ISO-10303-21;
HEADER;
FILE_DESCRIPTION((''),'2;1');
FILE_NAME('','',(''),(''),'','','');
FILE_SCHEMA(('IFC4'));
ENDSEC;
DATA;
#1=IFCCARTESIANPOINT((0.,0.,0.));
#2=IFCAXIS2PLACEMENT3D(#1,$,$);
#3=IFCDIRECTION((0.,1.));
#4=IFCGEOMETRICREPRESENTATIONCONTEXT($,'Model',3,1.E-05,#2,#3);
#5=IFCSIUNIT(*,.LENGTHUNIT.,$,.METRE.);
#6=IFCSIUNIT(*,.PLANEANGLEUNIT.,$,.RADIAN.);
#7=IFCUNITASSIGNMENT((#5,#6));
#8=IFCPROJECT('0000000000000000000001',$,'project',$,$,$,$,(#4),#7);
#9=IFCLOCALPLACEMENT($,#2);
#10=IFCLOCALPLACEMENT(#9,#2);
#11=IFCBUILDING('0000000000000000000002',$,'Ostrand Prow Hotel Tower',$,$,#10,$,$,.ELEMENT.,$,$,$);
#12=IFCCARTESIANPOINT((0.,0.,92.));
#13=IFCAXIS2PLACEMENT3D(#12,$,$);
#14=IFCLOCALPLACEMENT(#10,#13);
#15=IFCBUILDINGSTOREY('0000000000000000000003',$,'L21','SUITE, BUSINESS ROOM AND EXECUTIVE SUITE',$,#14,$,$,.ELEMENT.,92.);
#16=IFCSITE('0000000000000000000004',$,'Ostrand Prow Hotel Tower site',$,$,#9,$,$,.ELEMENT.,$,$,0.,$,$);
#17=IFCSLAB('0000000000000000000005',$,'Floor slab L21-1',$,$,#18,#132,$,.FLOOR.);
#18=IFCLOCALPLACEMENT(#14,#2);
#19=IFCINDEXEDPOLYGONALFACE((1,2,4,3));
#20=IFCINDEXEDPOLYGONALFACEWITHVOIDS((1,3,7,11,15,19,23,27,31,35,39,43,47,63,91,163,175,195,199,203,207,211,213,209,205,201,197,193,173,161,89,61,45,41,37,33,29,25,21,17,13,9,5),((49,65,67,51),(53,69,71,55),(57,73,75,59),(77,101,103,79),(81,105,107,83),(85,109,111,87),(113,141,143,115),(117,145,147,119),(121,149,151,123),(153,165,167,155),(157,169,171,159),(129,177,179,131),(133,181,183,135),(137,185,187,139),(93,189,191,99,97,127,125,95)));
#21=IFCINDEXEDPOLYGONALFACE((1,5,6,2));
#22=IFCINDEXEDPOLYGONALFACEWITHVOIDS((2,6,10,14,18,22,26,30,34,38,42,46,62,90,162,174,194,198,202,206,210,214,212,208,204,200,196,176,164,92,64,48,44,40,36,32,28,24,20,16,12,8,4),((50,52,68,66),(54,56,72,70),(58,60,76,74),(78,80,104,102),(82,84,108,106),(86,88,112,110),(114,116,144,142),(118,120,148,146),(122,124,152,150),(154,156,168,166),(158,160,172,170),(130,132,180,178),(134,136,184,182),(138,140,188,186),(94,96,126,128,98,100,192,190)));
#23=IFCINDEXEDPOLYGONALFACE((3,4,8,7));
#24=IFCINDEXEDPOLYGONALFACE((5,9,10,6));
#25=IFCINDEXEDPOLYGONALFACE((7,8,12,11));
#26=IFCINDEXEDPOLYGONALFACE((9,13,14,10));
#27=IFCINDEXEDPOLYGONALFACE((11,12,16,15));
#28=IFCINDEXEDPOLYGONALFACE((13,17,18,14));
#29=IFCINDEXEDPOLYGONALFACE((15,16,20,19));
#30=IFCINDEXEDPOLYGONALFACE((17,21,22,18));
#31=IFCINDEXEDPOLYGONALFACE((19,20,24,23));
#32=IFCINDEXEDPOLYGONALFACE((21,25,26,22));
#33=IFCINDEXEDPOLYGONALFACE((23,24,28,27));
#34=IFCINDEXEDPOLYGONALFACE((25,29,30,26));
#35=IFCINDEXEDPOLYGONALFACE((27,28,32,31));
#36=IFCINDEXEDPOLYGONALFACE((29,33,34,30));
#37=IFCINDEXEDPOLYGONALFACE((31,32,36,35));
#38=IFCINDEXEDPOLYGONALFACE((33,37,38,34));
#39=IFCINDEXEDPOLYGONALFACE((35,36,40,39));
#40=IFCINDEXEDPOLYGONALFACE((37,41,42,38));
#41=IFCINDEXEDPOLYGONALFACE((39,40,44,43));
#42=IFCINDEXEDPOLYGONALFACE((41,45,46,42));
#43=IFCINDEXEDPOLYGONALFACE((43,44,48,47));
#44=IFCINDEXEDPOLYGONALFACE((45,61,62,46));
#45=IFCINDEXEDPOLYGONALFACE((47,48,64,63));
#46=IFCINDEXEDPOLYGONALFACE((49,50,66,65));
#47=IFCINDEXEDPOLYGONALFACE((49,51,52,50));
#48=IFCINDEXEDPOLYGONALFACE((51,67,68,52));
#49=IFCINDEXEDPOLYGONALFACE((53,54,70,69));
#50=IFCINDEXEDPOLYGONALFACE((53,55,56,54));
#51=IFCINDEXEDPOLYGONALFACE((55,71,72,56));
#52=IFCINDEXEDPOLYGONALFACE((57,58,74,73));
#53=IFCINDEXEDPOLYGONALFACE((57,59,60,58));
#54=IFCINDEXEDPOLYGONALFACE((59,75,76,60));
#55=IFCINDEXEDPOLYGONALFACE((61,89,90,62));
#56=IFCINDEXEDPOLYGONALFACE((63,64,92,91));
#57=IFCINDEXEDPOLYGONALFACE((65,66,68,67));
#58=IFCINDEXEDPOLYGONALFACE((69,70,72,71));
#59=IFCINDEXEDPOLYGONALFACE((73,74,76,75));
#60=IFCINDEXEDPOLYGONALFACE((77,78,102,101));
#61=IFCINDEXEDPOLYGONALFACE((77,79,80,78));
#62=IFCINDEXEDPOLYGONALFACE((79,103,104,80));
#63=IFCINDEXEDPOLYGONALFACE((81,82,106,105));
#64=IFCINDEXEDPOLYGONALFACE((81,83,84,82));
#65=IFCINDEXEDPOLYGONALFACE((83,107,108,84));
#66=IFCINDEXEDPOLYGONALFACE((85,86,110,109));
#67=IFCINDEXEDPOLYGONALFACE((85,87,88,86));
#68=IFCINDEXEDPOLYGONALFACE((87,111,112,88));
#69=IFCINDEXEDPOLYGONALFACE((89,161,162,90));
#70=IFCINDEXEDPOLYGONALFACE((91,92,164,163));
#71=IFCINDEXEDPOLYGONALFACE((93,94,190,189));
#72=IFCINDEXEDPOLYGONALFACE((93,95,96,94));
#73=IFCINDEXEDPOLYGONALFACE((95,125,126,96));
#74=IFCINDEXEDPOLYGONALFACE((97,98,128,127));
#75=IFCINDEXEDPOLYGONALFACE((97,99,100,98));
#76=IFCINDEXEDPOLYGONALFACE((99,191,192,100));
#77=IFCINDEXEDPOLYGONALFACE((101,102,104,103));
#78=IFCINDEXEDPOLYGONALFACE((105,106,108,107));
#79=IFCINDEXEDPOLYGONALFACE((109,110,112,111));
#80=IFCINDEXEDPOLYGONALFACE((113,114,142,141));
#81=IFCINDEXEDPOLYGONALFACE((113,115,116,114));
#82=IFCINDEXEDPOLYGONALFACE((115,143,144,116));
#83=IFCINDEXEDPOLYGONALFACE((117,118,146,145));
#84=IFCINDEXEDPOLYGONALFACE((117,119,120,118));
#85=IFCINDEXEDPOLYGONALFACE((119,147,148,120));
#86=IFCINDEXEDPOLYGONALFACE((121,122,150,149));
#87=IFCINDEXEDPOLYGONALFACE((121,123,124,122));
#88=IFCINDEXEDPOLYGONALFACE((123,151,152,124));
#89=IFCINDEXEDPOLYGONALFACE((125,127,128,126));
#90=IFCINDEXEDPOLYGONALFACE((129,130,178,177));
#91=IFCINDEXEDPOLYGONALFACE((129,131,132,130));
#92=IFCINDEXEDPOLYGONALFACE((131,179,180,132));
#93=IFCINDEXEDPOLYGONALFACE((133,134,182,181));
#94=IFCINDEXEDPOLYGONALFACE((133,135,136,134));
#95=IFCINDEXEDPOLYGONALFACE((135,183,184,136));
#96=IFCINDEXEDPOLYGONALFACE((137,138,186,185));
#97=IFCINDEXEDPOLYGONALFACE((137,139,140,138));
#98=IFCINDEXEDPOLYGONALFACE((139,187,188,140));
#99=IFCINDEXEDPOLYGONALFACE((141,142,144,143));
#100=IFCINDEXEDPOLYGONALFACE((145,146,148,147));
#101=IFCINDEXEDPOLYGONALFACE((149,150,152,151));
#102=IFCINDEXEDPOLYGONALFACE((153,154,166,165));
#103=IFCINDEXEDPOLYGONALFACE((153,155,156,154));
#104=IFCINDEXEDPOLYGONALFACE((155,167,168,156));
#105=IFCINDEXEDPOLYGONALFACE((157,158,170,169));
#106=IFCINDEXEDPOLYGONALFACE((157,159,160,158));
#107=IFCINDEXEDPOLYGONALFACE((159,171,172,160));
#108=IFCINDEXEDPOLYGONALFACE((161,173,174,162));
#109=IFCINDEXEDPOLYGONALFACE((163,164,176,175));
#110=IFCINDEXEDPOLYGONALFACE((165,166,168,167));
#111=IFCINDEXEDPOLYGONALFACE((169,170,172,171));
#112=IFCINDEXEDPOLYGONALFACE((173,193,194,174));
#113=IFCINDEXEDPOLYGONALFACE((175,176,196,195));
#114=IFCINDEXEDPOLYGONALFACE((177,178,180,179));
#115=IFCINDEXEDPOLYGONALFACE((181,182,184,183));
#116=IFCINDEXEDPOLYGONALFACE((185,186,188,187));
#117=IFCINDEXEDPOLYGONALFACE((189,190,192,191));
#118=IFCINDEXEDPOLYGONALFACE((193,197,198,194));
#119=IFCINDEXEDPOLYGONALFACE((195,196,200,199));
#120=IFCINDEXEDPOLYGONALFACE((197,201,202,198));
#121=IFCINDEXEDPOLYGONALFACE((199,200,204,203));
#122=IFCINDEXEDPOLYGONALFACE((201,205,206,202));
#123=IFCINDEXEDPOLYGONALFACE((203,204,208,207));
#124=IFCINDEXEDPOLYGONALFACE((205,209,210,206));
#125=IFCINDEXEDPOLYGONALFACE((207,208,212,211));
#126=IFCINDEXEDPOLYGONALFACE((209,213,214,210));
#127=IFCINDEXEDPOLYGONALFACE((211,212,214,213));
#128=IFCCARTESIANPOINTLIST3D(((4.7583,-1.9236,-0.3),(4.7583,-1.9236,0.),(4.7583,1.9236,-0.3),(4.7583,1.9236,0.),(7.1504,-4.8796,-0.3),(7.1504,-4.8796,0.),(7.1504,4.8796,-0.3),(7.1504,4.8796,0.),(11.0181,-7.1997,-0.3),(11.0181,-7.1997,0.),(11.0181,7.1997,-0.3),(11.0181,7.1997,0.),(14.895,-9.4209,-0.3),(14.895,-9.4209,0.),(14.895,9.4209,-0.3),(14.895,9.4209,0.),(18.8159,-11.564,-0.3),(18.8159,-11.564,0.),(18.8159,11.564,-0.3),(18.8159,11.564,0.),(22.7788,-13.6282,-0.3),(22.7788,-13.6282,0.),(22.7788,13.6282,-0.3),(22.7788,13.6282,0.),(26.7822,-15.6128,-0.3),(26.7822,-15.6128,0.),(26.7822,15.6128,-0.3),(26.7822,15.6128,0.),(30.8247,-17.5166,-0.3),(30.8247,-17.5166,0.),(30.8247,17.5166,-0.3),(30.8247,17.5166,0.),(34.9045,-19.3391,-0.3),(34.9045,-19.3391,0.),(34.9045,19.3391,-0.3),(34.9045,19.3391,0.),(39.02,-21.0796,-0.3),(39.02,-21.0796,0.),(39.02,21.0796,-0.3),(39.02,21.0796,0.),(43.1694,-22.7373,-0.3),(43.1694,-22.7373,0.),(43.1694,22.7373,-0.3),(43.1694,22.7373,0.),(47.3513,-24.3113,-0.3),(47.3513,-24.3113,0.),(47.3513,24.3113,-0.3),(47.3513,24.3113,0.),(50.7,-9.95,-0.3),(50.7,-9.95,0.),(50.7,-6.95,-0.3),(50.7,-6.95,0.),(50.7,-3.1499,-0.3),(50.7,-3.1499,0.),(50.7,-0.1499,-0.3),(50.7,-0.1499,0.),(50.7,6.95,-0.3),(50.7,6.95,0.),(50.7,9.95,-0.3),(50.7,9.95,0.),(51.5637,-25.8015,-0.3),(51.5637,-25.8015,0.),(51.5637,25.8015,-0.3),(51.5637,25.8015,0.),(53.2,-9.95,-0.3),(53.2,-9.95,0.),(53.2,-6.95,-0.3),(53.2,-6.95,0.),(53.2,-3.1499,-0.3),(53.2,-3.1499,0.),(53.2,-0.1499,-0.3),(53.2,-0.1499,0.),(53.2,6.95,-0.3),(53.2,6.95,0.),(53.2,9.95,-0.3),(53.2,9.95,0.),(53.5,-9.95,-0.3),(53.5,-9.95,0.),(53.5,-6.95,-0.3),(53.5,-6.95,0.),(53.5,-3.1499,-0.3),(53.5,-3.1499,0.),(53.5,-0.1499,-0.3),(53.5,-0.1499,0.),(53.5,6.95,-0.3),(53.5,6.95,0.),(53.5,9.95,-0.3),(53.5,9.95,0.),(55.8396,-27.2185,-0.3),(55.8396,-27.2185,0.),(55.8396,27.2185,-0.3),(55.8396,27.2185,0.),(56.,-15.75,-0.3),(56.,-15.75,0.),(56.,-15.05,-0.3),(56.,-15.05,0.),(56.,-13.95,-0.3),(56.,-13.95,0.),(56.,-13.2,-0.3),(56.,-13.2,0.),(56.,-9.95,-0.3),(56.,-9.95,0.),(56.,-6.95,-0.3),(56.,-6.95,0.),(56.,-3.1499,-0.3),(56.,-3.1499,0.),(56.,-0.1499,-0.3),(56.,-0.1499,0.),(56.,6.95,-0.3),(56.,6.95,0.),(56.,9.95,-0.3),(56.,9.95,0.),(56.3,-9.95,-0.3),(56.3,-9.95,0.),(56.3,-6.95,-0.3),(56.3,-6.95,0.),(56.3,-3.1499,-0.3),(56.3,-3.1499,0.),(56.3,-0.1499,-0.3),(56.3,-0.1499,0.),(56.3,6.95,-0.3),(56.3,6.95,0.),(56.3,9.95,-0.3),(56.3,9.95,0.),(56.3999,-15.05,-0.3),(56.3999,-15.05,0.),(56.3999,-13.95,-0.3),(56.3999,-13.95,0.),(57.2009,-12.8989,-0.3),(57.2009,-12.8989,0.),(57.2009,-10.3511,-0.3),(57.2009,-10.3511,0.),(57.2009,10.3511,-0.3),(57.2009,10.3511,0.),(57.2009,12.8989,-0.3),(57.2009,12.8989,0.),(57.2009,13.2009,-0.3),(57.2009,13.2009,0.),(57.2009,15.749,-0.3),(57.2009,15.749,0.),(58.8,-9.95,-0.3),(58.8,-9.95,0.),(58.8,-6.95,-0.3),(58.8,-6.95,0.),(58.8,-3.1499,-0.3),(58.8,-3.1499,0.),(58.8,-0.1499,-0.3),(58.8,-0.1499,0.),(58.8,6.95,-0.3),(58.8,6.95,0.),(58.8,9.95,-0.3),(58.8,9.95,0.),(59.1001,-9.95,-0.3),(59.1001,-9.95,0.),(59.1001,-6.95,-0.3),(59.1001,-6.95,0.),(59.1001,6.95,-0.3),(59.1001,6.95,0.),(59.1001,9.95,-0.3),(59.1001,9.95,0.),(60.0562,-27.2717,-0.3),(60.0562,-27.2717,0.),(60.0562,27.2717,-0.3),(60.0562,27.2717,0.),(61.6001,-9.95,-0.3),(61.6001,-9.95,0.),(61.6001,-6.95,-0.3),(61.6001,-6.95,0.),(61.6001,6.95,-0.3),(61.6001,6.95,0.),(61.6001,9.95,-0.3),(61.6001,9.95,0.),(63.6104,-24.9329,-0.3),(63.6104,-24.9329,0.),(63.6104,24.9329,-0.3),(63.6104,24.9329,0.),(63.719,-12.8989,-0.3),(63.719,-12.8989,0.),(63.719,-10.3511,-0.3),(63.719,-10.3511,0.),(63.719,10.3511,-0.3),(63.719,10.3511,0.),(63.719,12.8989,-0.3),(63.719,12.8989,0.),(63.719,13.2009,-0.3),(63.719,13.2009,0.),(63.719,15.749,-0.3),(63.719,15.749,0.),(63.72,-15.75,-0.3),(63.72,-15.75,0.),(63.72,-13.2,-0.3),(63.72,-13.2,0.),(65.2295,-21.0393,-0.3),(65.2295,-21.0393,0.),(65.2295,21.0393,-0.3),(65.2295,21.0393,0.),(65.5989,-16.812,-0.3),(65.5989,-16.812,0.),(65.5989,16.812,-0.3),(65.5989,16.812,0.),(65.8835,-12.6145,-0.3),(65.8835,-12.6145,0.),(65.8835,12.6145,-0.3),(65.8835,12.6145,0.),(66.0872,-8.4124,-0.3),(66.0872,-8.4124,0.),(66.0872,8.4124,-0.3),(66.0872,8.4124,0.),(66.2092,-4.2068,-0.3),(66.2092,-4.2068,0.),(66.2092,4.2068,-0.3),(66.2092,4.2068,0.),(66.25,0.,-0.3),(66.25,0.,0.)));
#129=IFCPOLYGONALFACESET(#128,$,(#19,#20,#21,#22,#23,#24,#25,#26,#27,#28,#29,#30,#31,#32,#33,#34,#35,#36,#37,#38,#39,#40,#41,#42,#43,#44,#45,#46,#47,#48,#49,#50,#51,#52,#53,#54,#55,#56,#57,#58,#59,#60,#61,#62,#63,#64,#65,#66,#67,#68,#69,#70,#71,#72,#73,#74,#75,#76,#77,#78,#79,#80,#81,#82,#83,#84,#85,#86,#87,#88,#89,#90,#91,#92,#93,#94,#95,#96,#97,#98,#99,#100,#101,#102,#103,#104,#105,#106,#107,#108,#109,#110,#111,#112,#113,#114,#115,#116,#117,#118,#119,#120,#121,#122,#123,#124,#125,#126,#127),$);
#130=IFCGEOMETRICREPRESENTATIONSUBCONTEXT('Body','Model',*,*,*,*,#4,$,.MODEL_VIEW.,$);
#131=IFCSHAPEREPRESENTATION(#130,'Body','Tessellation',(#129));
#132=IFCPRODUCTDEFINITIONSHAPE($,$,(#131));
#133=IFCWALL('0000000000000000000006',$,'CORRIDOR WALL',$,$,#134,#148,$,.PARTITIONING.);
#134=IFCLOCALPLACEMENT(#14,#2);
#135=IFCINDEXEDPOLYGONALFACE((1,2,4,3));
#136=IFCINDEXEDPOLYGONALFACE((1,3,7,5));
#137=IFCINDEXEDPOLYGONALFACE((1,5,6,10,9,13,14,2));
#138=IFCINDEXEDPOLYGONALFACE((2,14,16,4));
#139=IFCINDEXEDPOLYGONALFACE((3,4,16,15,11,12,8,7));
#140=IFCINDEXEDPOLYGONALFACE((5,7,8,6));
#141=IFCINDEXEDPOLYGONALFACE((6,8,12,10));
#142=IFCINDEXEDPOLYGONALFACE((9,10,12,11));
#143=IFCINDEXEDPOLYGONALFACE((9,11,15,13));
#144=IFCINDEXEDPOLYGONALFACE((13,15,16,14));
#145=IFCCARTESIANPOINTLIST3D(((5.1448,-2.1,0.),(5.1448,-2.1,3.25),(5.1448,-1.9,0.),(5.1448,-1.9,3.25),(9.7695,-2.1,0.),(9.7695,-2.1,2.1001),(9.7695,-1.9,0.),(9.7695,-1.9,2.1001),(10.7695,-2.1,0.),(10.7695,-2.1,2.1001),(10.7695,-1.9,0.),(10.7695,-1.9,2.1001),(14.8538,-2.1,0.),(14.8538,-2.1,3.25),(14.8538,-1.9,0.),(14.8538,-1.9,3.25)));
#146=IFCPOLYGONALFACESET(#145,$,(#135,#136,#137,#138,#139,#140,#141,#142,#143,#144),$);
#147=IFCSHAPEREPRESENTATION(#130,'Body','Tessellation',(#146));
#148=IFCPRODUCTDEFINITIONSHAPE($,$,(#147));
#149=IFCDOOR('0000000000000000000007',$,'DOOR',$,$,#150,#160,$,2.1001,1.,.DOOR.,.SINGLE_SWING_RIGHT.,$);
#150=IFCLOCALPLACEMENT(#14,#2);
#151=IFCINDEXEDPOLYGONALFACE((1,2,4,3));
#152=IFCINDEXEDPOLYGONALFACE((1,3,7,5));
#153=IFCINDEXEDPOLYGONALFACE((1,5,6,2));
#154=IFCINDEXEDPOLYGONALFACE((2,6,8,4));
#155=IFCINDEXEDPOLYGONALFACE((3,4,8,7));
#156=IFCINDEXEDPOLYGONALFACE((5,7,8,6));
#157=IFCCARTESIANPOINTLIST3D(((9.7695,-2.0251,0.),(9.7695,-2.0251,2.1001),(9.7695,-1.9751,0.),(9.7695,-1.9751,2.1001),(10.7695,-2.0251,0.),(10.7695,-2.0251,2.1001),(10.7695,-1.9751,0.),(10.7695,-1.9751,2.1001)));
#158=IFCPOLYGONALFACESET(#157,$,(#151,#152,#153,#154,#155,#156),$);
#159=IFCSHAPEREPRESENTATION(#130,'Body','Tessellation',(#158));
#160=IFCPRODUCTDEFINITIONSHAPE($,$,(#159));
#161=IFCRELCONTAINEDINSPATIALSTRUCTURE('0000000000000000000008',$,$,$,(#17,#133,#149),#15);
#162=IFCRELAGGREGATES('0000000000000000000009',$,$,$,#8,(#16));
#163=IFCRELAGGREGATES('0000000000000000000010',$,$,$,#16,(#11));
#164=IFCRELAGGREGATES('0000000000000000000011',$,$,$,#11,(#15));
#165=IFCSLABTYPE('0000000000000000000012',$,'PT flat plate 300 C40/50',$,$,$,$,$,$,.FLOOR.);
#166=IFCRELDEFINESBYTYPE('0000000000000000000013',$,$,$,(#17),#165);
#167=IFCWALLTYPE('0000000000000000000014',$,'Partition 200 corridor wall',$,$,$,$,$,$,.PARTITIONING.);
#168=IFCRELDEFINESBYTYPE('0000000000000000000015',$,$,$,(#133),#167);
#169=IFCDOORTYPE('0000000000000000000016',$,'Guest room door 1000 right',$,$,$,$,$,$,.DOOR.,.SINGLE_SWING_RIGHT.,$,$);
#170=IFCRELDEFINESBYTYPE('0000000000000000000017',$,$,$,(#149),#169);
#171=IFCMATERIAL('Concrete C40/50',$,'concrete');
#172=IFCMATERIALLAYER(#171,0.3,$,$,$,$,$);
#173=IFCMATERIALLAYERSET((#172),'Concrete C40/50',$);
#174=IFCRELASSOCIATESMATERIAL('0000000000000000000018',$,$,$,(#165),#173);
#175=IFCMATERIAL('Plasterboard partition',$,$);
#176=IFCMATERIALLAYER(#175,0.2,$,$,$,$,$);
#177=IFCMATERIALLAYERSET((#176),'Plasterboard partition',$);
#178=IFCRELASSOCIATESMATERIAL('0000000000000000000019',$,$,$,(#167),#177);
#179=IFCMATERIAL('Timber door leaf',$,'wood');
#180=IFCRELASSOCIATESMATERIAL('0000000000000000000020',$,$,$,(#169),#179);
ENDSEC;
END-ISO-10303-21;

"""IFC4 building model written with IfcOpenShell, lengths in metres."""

from ifc_helpers import new_model, si_unit, direction, frame, frame_2d, origin, place, context, subcontext, project, spatial, polyline, rectangle, outline, extrude, material, layer, layer_set, type_object, element, fill, save


model = new_model("IFC4")

# Units and contexts
model_context = context("Model", 3, precision=1e-05, world=origin(), true_north=direction((0.0, 1.0)))
body_context = subcontext(model_context, "Body", "Model", "MODEL_VIEW")
ifc_project = project(units=[si_unit("LENGTHUNIT", "METRE"), si_unit("PLANEANGLEUNIT", "RADIAN")], contexts=[model_context])

# Site, building, storey
site_placement = place(None, origin())
site = spatial("IfcSite", under=ifc_project, at=site_placement, Name="Ostrand Prow Hotel Tower site", CompositionType="ELEMENT", RefElevation=0.0)
building_placement = place(site_placement, origin())
building = spatial("IfcBuilding", under=site, at=building_placement, Name="Ostrand Prow Hotel Tower", CompositionType="ELEMENT")
storey_placement = place(building_placement, frame((0.0, 0.0, 92.0)))
storey = spatial("IfcBuildingStorey", under=building, at=storey_placement, Name="L21", Description="SUITE, BUSINESS ROOM AND EXECUTIVE SUITE", CompositionType="ELEMENT", Elevation=92.0)

# Slab, opening
ifc_material_1 = material(Name="Concrete C40/50", Category="concrete")
ifc_layer_1 = layer(ifc_material_1, 0.3)
ifc_layer_set_1 = layer_set([ifc_layer_1], Name="Concrete C40/50")
slab_type = type_object("IfcSlabType", Name="PT flat plate 300 C40/50", PredefinedType="FLOOR", material=ifc_layer_set_1)
slab_placement = place(storey_placement, frame((0.0, 0.0, -0.3)))
slab = element("IfcSlab", 1, at=slab_placement, inside=storey, type_object=slab_type, Name="Floor slab L21-1", PredefinedType="FLOOR", context=body_context, shape_type="SweptSolid", body=[
    extrude(outline(polyline([(7.1504, 4.8796), (11.0181, 7.1997), (14.895, 9.4209), (18.8159, 11.564), (22.7788, 13.6282), (26.7822, 15.6128), (30.8247, 17.5166), (34.9045, 19.3391), (39.02, 21.0796), (43.1694, 22.7373), (47.3513, 24.3113), (51.5637, 25.8015), (55.8396, 27.2185), (60.0562, 27.2717), (63.6104, 24.9329), (65.2295, 21.0393), (65.5989, 16.812), (65.8835, 12.6145), (66.0872, 8.4124), (66.2092, 4.2068), (66.25, 0.0), (66.2092, -4.2068), (66.0872, -8.4124), (65.8835, -12.6145), (65.5989, -16.812), (65.2295, -21.0393), (63.6104, -24.9329), (60.0562, -27.2717), (55.8396, -27.2185), (51.5637, -25.8015), (47.3513, -24.3113), (43.1694, -22.7373), (39.02, -21.0796), (34.9045, -19.3391), (30.8247, -17.5166), (26.7822, -15.6128), (22.7788, -13.6282), (18.8159, -11.564), (14.895, -9.4209), (11.0181, -7.1997), (7.1504, -4.8796), (4.7583, -1.9236), (4.7583, 1.9236), (7.1504, 4.8796)]), holes=[polyline([(50.7, 6.95), (53.2, 6.95), (53.2, 9.95), (50.7, 9.95), (50.7, 6.95)]), polyline([(53.5, 6.95), (56.0, 6.95), (56.0, 9.95), (53.5, 9.95), (53.5, 6.95)]), polyline([(56.3, 6.95), (58.8, 6.95), (58.8, 9.95), (56.3, 9.95), (56.3, 6.95)]), polyline([(59.1001, 6.95), (61.6001, 6.95), (61.6001, 9.95), (59.1001, 9.95), (59.1001, 6.95)]), polyline([(50.7, -3.1499), (53.2, -3.1499), (53.2, -0.1499), (50.7, -0.1499), (50.7, -3.1499)]), polyline([(53.5, -3.1499), (56.0, -3.1499), (56.0, -0.1499), (53.5, -0.1499), (53.5, -3.1499)]), polyline([(56.3, -3.1499), (58.8, -3.1499), (58.8, -0.1499), (56.3, -0.1499), (56.3, -3.1499)]), polyline([(50.7, -9.95), (53.2, -9.95), (53.2, -6.95), (50.7, -6.95), (50.7, -9.95)]), polyline([(53.5, -9.95), (56.0, -9.95), (56.0, -6.95), (53.5, -6.95), (53.5, -9.95)]), polyline([(56.3, -9.95), (58.8, -9.95), (58.8, -6.95), (56.3, -6.95), (56.3, -9.95)]), polyline([(59.1001, -9.95), (61.6001, -9.95), (61.6001, -6.95), (59.1001, -6.95), (59.1001, -9.95)]), polyline([(57.2009, 10.3511), (57.2009, 12.8989), (63.719, 12.8989), (63.719, 10.3511), (57.2009, 10.3511)]), polyline([(57.2009, 13.2009), (57.2009, 15.749), (63.719, 15.749), (63.719, 13.2009), (57.2009, 13.2009)]), polyline([(57.2009, -12.8989), (57.2009, -10.3511), (63.719, -10.3511), (63.719, -12.8989), (57.2009, -12.8989)]), polyline([(56.0, -13.2), (63.72, -13.2), (63.72, -15.75), (56.0, -15.75), (56.0, -15.05), (56.3999, -15.05), (56.3999, -13.95), (56.0, -13.95), (56.0, -13.2)])]), origin(), (0.0, 0.0, 1.0), 0.3),
])
opening_1_placement = place(slab_placement, origin())
element("IfcOpeningElement", 2, at=opening_1_placement, cuts=slab, PredefinedType="OPENING", context=body_context, shape_type="SweptSolid", body=[
    extrude(outline(polyline([(56.0, -13.2), (63.72, -13.2), (63.72, -15.75), (56.0, -15.75), (56.0, -15.05), (56.3999, -15.05), (56.3999, -13.95), (56.0, -13.95), (56.0, -13.2)])), origin(), (0.0, 0.0, 1.0), 0.3),
])

# Wall, opening, door
ifc_material_2 = material(Name="Plasterboard partition")
ifc_layer_2 = layer(ifc_material_2, 0.2)
ifc_layer_set_2 = layer_set([ifc_layer_2], Name="Plasterboard partition")
wall_type_1 = type_object("IfcWallType", Name="Partition 200 corridor wall", PredefinedType="PARTITIONING", material=ifc_layer_set_2)
wall_1_placement = place(storey_placement, frame((5.1448, -2.0, 0.0), z_axis=(0.0, 0.0, 1.0), x_axis=(1.0, 0.0, 0.0)))
wall_1 = element("IfcWall", 3, at=wall_1_placement, inside=storey, type_object=wall_type_1, Name="CORRIDOR WALL", PredefinedType="PARTITIONING", context=body_context, shape_type="SweptSolid", body=[
    extrude(rectangle(XDim=9.709, YDim=0.2, at=frame_2d((4.8545, 0.0))), origin(), (0.0, 0.0, 1.0), 3.25),
])
opening_2_placement = place(wall_1_placement, frame((4.6248, 0.0, 0.0)))
opening_2 = element("IfcOpeningElement", 4, at=opening_2_placement, cuts=wall_1, PredefinedType="OPENING", context=body_context, shape_type="SweptSolid", body=[
    extrude(rectangle(XDim=1.0, YDim=2.1001, at=frame_2d((0.5, 1.05))), frame((0.0, 0.1099, 0.0), z_axis=(0.0, -1.0, 0.0), x_axis=(1.0, 0.0, 0.0)), (0.0, 0.0, 1.0), 0.22),
])
ifc_material_3 = material(Name="Timber door leaf", Category="wood")
door_type = type_object("IfcDoorType", Name="Guest room door 1000 right", OperationType="SINGLE_SWING_RIGHT", PredefinedType="DOOR", material=ifc_material_3)
door_placement = place(opening_2_placement, origin())
door = element("IfcDoor", 5, at=door_placement, inside=storey, type_object=door_type, Name="DOOR", OperationType="SINGLE_SWING_RIGHT", OverallHeight=2.1001, OverallWidth=1.0, PredefinedType="DOOR", context=body_context, shape_type="SweptSolid", body=[
    extrude(rectangle(XDim=1.0, YDim=2.1001, at=frame_2d((0.5, 1.05))), frame((0.0, 0.0249, 0.0), z_axis=(0.0, -1.0, 0.0), x_axis=(1.0, 0.0, 0.0)), (0.0, 0.0, 1.0), 0.05),
])
fill(opening_2, door)

save(model, "model.ifc")
